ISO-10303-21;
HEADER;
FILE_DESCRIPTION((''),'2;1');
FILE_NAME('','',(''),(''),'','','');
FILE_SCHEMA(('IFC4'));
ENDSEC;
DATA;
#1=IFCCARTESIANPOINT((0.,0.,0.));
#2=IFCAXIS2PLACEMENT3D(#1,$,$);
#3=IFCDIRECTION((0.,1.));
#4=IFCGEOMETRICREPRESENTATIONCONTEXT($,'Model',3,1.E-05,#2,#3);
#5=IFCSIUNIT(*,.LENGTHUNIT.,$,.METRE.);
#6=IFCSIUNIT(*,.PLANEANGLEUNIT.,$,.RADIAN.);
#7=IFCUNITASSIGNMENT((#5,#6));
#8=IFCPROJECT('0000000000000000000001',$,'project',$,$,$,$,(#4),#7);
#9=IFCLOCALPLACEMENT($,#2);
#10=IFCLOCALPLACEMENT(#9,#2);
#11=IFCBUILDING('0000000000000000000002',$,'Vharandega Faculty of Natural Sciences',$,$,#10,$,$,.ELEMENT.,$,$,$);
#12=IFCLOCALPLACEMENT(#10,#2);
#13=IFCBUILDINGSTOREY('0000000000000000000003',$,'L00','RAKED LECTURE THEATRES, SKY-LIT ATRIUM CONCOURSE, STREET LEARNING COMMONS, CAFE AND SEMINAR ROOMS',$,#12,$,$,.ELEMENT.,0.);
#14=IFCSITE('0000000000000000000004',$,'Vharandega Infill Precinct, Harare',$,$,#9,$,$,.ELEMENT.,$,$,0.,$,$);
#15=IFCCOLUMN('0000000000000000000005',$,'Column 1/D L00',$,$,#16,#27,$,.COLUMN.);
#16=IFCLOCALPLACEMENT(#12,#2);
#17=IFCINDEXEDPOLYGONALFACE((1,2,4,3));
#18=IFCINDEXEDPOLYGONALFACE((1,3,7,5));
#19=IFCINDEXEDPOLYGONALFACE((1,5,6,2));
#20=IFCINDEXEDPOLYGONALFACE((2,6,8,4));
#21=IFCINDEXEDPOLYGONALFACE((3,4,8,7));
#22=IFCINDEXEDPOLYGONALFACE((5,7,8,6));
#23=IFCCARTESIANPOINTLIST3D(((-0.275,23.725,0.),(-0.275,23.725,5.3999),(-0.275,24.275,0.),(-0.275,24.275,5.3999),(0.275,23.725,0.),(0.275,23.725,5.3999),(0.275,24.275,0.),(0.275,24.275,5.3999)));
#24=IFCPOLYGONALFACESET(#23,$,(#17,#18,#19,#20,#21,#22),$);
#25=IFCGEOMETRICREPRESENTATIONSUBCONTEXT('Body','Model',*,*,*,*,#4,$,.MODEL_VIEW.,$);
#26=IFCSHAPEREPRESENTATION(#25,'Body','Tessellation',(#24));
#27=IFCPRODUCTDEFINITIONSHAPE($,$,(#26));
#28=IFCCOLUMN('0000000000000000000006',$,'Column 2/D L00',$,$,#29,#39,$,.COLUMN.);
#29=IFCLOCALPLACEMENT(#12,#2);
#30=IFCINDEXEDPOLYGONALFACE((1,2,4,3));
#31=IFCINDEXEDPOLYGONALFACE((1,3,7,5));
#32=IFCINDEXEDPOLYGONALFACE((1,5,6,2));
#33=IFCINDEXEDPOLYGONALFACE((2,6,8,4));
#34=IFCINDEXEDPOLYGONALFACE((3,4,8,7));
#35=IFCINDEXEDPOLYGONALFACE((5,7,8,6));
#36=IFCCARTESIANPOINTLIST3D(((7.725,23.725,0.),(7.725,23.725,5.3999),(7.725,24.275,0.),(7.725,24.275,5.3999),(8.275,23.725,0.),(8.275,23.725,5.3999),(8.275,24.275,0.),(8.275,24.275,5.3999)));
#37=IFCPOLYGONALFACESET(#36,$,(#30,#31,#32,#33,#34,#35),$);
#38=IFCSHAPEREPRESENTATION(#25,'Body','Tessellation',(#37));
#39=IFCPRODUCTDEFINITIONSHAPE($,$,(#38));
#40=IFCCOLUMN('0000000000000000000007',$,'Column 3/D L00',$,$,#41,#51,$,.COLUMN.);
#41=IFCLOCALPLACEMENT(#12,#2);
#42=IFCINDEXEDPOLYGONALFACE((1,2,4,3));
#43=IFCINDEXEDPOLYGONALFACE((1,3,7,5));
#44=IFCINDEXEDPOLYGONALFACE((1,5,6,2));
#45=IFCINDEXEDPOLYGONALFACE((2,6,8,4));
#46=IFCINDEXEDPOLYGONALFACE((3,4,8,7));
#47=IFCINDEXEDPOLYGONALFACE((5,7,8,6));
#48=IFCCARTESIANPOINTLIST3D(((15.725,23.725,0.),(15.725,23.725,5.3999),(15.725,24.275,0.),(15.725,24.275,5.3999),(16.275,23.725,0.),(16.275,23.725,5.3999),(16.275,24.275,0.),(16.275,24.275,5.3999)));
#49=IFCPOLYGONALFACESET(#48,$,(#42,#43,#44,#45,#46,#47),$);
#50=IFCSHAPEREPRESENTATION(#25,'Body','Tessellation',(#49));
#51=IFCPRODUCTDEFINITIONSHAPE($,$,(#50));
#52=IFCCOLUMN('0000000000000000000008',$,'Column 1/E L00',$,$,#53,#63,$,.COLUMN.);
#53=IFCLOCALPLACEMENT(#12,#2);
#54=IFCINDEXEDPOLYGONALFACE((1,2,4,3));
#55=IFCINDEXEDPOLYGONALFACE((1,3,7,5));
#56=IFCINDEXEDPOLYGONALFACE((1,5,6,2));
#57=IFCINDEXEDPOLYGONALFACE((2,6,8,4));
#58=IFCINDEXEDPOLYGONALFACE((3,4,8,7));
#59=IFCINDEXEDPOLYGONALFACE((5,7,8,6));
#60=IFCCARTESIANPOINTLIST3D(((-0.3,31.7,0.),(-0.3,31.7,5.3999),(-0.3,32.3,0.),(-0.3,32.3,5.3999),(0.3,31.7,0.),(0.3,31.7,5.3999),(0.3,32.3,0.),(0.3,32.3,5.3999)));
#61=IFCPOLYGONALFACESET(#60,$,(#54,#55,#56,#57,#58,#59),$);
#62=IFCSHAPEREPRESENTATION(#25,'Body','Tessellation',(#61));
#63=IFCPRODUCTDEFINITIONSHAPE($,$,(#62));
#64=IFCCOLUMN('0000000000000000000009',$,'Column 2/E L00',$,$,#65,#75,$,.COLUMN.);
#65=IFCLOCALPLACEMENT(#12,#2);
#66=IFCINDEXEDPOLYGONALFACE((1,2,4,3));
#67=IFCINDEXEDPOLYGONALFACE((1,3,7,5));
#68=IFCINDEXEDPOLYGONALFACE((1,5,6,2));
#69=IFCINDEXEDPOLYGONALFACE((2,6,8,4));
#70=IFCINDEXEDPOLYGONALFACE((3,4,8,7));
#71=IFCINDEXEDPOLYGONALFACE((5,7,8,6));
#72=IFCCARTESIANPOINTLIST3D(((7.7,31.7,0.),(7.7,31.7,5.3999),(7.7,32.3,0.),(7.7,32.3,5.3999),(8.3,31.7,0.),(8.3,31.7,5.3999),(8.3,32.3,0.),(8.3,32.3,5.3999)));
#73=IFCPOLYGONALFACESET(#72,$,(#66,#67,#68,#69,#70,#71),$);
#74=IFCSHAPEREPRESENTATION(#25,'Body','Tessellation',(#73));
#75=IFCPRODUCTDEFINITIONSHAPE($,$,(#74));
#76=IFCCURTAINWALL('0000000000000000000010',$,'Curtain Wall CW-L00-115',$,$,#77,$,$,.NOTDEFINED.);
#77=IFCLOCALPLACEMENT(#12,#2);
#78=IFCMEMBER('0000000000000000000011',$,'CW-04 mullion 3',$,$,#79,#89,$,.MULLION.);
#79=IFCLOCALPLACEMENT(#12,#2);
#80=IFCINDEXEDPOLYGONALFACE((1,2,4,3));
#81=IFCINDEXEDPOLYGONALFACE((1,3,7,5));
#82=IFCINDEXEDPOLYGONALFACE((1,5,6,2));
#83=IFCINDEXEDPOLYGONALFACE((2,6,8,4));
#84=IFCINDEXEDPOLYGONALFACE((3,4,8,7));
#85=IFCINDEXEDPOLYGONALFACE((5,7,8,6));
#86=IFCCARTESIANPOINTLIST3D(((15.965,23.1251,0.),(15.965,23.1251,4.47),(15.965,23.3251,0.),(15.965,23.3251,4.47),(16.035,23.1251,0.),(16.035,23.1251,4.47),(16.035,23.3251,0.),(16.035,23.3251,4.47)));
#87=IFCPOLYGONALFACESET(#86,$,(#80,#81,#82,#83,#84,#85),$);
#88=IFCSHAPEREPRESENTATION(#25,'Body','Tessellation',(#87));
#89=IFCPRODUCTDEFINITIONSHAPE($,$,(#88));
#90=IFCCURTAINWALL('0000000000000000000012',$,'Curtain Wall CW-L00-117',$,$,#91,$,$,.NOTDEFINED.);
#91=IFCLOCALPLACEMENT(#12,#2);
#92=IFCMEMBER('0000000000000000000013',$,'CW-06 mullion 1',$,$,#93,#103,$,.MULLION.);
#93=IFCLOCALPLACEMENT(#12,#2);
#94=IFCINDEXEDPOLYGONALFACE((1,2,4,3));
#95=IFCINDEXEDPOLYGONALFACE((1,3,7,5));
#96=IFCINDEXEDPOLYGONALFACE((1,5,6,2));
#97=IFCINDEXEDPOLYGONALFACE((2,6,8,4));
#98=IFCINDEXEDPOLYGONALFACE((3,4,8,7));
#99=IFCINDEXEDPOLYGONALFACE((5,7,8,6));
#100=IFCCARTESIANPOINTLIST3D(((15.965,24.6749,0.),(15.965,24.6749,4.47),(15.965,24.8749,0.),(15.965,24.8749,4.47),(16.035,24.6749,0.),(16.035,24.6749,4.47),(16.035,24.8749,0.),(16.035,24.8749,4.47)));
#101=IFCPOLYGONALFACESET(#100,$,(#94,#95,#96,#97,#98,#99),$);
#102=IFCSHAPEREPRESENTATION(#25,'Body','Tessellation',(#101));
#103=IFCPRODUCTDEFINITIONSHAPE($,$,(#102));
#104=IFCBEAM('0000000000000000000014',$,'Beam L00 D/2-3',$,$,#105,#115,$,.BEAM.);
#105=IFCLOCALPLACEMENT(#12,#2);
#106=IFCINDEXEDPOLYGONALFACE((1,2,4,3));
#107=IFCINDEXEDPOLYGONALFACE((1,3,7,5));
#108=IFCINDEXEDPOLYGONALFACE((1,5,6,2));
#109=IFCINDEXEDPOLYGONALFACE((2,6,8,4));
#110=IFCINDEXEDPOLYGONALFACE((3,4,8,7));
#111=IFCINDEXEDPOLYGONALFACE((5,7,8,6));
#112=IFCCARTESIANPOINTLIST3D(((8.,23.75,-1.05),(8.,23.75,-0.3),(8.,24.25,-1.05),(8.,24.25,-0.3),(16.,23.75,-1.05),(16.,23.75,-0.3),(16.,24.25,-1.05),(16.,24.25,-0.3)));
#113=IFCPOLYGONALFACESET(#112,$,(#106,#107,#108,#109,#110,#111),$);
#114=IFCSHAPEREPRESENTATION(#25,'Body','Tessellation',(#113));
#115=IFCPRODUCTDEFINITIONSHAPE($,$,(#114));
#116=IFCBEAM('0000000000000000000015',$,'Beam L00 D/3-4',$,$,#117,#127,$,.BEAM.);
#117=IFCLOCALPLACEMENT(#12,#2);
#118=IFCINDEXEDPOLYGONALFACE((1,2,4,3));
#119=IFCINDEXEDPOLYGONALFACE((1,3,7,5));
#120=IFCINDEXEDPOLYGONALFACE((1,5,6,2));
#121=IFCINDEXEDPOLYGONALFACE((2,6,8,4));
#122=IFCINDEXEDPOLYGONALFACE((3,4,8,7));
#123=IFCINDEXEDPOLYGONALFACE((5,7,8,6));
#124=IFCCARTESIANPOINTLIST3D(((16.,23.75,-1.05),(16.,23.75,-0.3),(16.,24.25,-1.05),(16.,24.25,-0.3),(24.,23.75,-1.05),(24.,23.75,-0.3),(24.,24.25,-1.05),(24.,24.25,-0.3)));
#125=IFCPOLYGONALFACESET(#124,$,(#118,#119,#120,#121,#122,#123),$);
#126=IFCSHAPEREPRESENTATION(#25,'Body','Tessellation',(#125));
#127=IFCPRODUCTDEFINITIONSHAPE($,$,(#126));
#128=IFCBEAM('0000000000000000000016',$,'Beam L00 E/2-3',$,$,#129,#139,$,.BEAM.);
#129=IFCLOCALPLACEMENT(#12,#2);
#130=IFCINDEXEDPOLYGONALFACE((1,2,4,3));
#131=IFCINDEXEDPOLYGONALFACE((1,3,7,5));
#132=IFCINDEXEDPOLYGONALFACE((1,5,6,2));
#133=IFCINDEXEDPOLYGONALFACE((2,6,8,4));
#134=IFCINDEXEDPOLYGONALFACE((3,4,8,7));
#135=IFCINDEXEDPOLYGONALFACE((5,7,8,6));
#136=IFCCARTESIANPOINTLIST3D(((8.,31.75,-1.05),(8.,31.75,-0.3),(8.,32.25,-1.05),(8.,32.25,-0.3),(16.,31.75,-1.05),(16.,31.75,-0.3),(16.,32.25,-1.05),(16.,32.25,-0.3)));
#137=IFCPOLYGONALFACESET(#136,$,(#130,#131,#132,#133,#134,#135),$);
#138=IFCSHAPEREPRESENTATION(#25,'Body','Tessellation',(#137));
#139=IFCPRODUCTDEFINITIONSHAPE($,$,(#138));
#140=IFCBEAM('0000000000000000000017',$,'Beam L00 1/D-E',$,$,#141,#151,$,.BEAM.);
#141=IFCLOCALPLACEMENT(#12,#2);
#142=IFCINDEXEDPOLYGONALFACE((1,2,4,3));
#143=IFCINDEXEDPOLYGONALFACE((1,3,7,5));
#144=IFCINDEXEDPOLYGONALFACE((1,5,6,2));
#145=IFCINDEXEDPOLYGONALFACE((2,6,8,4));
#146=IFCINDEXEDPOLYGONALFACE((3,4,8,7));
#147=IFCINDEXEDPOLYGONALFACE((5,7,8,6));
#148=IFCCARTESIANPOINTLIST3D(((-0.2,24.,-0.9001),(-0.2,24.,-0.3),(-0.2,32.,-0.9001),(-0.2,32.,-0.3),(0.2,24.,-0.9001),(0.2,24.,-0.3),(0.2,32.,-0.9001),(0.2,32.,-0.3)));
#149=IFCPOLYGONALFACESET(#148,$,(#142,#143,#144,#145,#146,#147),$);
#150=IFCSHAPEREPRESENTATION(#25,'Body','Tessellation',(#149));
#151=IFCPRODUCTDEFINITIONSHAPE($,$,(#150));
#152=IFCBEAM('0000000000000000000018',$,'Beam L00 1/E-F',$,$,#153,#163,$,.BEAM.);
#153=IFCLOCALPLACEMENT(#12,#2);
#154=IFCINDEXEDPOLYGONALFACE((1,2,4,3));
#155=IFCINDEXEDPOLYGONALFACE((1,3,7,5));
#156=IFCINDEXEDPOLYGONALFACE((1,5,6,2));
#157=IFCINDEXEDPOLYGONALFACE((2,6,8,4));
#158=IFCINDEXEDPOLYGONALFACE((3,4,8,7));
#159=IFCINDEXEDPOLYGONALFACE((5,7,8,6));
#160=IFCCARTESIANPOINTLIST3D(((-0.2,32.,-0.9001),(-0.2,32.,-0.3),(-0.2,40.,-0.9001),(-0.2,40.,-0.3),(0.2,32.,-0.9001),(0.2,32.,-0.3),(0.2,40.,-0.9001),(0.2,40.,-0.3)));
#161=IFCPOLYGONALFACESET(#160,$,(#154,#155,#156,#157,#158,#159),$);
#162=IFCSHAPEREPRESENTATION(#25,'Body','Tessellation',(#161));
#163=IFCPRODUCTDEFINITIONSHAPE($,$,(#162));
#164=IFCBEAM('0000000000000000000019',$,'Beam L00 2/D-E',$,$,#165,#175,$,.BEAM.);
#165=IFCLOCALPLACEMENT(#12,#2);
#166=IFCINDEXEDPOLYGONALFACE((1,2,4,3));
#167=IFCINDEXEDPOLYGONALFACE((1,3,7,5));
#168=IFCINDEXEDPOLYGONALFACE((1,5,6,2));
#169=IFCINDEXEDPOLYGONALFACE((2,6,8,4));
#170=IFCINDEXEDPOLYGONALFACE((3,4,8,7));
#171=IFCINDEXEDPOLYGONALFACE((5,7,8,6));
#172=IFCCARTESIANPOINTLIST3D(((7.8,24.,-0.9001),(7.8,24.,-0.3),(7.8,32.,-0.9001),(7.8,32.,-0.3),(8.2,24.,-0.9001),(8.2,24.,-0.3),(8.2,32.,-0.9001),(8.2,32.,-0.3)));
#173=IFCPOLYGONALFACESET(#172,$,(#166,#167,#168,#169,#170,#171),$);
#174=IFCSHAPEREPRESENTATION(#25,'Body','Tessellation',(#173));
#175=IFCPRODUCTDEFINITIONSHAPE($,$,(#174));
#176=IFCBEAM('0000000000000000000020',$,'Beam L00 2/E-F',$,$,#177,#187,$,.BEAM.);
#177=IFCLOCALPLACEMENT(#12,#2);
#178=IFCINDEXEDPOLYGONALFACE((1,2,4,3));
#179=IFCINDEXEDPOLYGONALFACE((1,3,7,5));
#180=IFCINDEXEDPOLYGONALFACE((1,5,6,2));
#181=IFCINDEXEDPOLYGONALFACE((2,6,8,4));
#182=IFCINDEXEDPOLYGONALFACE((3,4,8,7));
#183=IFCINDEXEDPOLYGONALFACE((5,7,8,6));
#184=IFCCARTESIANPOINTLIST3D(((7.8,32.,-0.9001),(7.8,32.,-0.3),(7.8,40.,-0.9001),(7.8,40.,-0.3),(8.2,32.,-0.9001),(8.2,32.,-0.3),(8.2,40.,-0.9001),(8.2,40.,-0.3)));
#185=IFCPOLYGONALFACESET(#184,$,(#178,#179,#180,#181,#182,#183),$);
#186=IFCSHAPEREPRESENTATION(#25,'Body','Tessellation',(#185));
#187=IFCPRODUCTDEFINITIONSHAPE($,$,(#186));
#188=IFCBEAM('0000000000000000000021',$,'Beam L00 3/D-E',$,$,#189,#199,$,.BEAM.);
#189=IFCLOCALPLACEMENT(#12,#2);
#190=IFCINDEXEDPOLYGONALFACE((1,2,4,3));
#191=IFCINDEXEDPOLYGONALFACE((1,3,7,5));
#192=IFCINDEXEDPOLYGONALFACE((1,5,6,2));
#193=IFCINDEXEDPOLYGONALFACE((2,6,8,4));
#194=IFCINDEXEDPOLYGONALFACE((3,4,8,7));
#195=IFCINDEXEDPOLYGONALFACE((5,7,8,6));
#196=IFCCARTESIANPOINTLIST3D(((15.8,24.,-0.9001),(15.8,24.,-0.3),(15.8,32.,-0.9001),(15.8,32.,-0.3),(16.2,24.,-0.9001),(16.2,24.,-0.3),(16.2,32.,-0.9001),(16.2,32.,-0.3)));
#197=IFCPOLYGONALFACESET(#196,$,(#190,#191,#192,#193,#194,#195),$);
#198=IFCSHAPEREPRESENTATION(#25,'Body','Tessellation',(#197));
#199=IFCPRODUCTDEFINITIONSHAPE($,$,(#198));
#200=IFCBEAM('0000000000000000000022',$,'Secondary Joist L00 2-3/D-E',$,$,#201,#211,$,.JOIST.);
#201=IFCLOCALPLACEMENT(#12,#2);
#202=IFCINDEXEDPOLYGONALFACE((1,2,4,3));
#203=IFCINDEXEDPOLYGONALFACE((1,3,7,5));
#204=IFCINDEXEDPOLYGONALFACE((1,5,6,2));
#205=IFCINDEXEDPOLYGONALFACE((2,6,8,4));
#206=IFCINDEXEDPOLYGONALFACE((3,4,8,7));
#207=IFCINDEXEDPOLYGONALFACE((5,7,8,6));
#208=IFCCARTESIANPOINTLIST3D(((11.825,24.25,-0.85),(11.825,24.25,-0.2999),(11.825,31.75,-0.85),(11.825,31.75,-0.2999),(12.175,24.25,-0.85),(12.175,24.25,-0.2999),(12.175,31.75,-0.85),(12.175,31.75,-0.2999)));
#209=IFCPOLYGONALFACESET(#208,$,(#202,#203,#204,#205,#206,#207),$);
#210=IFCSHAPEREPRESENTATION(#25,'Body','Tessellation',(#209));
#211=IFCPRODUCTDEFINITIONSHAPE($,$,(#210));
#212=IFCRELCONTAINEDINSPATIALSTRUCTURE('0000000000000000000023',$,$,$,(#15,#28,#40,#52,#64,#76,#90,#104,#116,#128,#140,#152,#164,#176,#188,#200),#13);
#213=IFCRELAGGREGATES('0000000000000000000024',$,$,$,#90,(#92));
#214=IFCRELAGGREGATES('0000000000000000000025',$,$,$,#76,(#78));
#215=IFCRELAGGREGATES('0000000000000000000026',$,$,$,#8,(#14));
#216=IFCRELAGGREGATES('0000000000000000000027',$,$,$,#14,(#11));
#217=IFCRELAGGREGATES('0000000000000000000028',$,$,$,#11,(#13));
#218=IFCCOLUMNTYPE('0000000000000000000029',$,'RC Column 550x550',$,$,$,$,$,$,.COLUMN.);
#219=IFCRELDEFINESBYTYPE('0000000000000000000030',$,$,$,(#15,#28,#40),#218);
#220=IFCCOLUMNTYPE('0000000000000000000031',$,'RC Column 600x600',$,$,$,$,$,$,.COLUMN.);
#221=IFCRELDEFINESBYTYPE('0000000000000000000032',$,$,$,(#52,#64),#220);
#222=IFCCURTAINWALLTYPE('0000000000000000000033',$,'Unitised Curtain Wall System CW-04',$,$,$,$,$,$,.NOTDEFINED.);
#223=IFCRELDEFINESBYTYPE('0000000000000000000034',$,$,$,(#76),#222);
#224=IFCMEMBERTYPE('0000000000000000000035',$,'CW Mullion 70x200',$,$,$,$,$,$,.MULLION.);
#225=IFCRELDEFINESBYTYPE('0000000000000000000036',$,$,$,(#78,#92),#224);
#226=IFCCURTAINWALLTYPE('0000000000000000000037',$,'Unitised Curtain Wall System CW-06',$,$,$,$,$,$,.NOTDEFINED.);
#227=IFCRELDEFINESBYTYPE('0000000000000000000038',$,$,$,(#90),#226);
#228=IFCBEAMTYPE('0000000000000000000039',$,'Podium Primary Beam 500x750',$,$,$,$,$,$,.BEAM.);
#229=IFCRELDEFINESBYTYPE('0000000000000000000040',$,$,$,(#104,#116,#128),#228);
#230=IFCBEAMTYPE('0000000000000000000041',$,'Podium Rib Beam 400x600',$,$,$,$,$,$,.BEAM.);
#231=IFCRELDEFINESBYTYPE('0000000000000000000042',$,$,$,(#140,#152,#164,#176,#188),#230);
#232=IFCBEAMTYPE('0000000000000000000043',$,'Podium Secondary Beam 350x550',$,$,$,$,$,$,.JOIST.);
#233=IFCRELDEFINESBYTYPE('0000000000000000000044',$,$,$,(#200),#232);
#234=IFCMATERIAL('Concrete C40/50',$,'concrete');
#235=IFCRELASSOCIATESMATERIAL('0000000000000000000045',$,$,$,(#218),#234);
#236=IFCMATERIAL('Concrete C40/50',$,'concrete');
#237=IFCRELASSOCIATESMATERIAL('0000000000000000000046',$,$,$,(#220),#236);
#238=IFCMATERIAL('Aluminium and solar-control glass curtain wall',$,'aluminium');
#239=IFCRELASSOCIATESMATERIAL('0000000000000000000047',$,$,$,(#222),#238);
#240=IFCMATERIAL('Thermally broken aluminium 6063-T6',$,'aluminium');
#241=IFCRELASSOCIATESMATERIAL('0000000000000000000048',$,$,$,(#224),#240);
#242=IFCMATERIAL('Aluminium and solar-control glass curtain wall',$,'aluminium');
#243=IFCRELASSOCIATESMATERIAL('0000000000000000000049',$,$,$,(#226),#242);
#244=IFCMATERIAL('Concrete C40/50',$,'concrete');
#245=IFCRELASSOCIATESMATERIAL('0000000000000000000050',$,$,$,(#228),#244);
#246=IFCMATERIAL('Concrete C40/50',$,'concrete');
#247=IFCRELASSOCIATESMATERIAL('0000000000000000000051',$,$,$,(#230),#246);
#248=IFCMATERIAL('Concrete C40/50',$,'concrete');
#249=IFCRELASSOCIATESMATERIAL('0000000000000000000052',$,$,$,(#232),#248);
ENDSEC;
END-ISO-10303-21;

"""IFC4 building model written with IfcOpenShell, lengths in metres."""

from ifc_helpers import new_model, si_unit, direction, frame, origin, origin_2d, place, context, subcontext, project, spatial, rectangle, extrude, material, material_profile, profile_set, type_object, element, aggregate, save


model = new_model("IFC4")

# Units and contexts
model_context = context("Model", 3, precision=1e-05, world=origin(), true_north=direction((0.0, 1.0)))
body_context = subcontext(model_context, "Body", "Model", "MODEL_VIEW")
ifc_project = project(units=[si_unit("LENGTHUNIT", "METRE"), si_unit("PLANEANGLEUNIT", "RADIAN")], contexts=[model_context])

# Site, building, storey
site_placement = place(None, origin())
site = spatial("IfcSite", under=ifc_project, at=site_placement, Name="Vharandega Infill Precinct, Harare", CompositionType="ELEMENT", RefElevation=0.0)
building_placement = place(site_placement, origin())
building = spatial("IfcBuilding", under=site, at=building_placement, Name="Vharandega Faculty of Natural Sciences", CompositionType="ELEMENT")
storey_placement = place(building_placement, origin())
storey = spatial("IfcBuildingStorey", under=building, at=storey_placement, Name="L00", Description="RAKED LECTURE THEATRES, SKY-LIT ATRIUM CONCOURSE, STREET LEARNING COMMONS, CAFE AND SEMINAR ROOMS", CompositionType="ELEMENT", Elevation=0.0)

# Columns
ifc_material_1 = material(Name="Concrete C40/50", Category="concrete")
ifc_material_profile_1 = material_profile(ifc_material_1, rectangle(XDim=0.55, YDim=0.55, at=origin_2d()), Name="RC 550x550")
ifc_profile_set_1 = profile_set([ifc_material_profile_1], Name="Concrete C40/50")
column_type_1 = type_object("IfcColumnType", Name="RC Column 550x550", PredefinedType="COLUMN", material=ifc_profile_set_1)
for number, where, z_axis, x_axis, name in (
    (1, (0.0, 24.0, 0.0), (0.0, 0.0, 1.0), (1.0, 0.0, 0.0), "Column 1/D L00"),
    (2, (8.0, 24.0, 0.0), (0.0, 0.0, 1.0), (1.0, 0.0, 0.0), "Column 2/D L00"),
    (3, (16.0, 24.0, 0.0), (0.0, 0.0, 1.0), (1.0, 0.0, 0.0), "Column 3/D L00"),
):
    element("IfcColumn", number, at=place(storey_placement, frame(where, z_axis=z_axis, x_axis=x_axis)), inside=storey, type_object=column_type_1, Name=name, PredefinedType="COLUMN", context=body_context, shape_type="SweptSolid", body=[
        extrude(rectangle(XDim=0.55, YDim=0.55, at=origin_2d()), origin(), (0.0, 0.0, 1.0), 5.3999),
    ])
ifc_material_2 = material(Name="Concrete C40/50", Category="concrete")
ifc_material_profile_2 = material_profile(ifc_material_2, rectangle(XDim=0.6001, YDim=0.6001, at=origin_2d()), Name="RC 600x600")
ifc_profile_set_2 = profile_set([ifc_material_profile_2], Name="Concrete C40/50")
column_type_2 = type_object("IfcColumnType", Name="RC Column 600x600", PredefinedType="COLUMN", material=ifc_profile_set_2)
for number, where, z_axis, x_axis, name in (
    (4, (0.0, 32.0, 0.0), (0.0, 0.0, 1.0), (1.0, 0.0, 0.0), "Column 1/E L00"),
    (5, (8.0, 32.0, 0.0), (0.0, 0.0, 1.0), (1.0, 0.0, 0.0), "Column 2/E L00"),
):
    element("IfcColumn", number, at=place(storey_placement, frame(where, z_axis=z_axis, x_axis=x_axis)), inside=storey, type_object=column_type_2, Name=name, PredefinedType="COLUMN", context=body_context, shape_type="SweptSolid", body=[
        extrude(rectangle(XDim=0.6001, YDim=0.6001, at=origin_2d()), origin(), (0.0, 0.0, 1.0), 5.3999),
    ])

# Curtain walls, members
ifc_material_3 = material(Name="Aluminium and solar-control glass curtain wall", Category="aluminium")
curtain_wall_type_1 = type_object("IfcCurtainWallType", Name="Unitised Curtain Wall System CW-04", PredefinedType="NOTDEFINED", material=ifc_material_3)
curtain_wall_1_placement = place(storey_placement, origin())
curtain_wall_1 = element("IfcCurtainWall", 6, at=curtain_wall_1_placement, inside=storey, type_object=curtain_wall_type_1, Name="Curtain Wall CW-L00-115", PredefinedType="NOTDEFINED")
ifc_material_4 = material(Name="Thermally broken aluminium 6063-T6", Category="aluminium")
ifc_material_profile_3 = material_profile(ifc_material_4, rectangle(XDim=0.0701, YDim=0.2, at=origin_2d()), Name="ALU 70x200")
ifc_profile_set_3 = profile_set([ifc_material_profile_3], Name="Thermally broken aluminium 6063-T6")
member_type = type_object("IfcMemberType", Name="CW Mullion 70x200", PredefinedType="MULLION", material=ifc_profile_set_3)
member_1_placement = place(storey_placement, frame((16.0, 23.2251, 0.0), z_axis=(0.0, 0.0, 1.0), x_axis=(-1.0, 0.0, 0.0)))
member_1 = element("IfcMember", 7, at=member_1_placement, type_object=member_type, Name="CW-04 mullion 3", PredefinedType="MULLION", context=body_context, shape_type="SweptSolid", body=[
    extrude(rectangle(XDim=0.0701, YDim=0.2, at=origin_2d()), origin(), (0.0, 0.0, 1.0), 4.47),
])
ifc_material_5 = material(Name="Aluminium and solar-control glass curtain wall", Category="aluminium")
curtain_wall_type_2 = type_object("IfcCurtainWallType", Name="Unitised Curtain Wall System CW-06", PredefinedType="NOTDEFINED", material=ifc_material_5)
curtain_wall_2_placement = place(storey_placement, origin())
curtain_wall_2 = element("IfcCurtainWall", 8, at=curtain_wall_2_placement, inside=storey, type_object=curtain_wall_type_2, Name="Curtain Wall CW-L00-117", PredefinedType="NOTDEFINED")
member_2_placement = place(storey_placement, frame((16.0, 24.7749, 0.0), z_axis=(0.0, 0.0, 1.0), x_axis=(-1.0, 0.0, 0.0)))
member_2 = element("IfcMember", 9, at=member_2_placement, type_object=member_type, Name="CW-06 mullion 1", PredefinedType="MULLION", context=body_context, shape_type="SweptSolid", body=[
    extrude(rectangle(XDim=0.0701, YDim=0.2, at=origin_2d()), origin(), (0.0, 0.0, 1.0), 4.47),
])
aggregate(curtain_wall_2, [member_2])

# Beams
ifc_material_6 = material(Name="Concrete C40/50", Category="concrete")
ifc_material_profile_4 = material_profile(ifc_material_6, rectangle(XDim=0.5, YDim=0.75, at=origin_2d()), Name="RC 500x750")
ifc_profile_set_4 = profile_set([ifc_material_profile_4], Name="Concrete C40/50")
beam_type_1 = type_object("IfcBeamType", Name="Podium Primary Beam 500x750", PredefinedType="BEAM", material=ifc_profile_set_4)
for number, where, z_axis, x_axis, name in (
    (10, (8.0, 24.0, -0.675), (1.0, 0.0, 0.0), (0.0, 1.0, 0.0), "Beam L00 D/2-3"),
    (11, (16.0, 24.0, -0.675), (1.0, 0.0, 0.0), (0.0, 1.0, 0.0), "Beam L00 D/3-4"),
    (12, (8.0, 32.0, -0.675), (1.0, 0.0, 0.0), (0.0, 1.0, 0.0), "Beam L00 E/2-3"),
):
    element("IfcBeam", number, at=place(storey_placement, frame(where, z_axis=z_axis, x_axis=x_axis)), inside=storey, type_object=beam_type_1, Name=name, PredefinedType="BEAM", context=body_context, shape_type="SweptSolid", body=[
        extrude(rectangle(XDim=0.5, YDim=0.75, at=origin_2d()), origin(), (0.0, 0.0, 1.0), 8.0),
    ])
ifc_material_7 = material(Name="Concrete C40/50", Category="concrete")
ifc_material_profile_5 = material_profile(ifc_material_7, rectangle(XDim=0.3999, YDim=0.6001, at=origin_2d()), Name="RC 400x600")
ifc_profile_set_5 = profile_set([ifc_material_profile_5], Name="Concrete C40/50")
beam_type_2 = type_object("IfcBeamType", Name="Podium Rib Beam 400x600", PredefinedType="BEAM", material=ifc_profile_set_5)
for number, where, z_axis, x_axis, name in (
    (13, (0.0, 24.0, -0.6001), (0.0, 1.0, 0.0), (-1.0, 0.0, 0.0), "Beam L00 1/D-E"),
    (14, (0.0, 32.0, -0.6001), (0.0, 1.0, 0.0), (-1.0, 0.0, 0.0), "Beam L00 1/E-F"),
    (15, (8.0, 24.0, -0.6001), (0.0, 1.0, 0.0), (-1.0, 0.0, 0.0), "Beam L00 2/D-E"),
    (16, (8.0, 32.0, -0.6001), (0.0, 1.0, 0.0), (-1.0, 0.0, 0.0), "Beam L00 2/E-F"),
    (17, (16.0, 24.0, -0.6001), (0.0, 1.0, 0.0), (-1.0, 0.0, 0.0), "Beam L00 3/D-E"),
):
    element("IfcBeam", number, at=place(storey_placement, frame(where, z_axis=z_axis, x_axis=x_axis)), inside=storey, type_object=beam_type_2, Name=name, PredefinedType="BEAM", context=body_context, shape_type="SweptSolid", body=[
        extrude(rectangle(XDim=0.3999, YDim=0.6001, at=origin_2d()), origin(), (0.0, 0.0, 1.0), 8.0),
    ])
ifc_material_8 = material(Name="Concrete C40/50", Category="concrete")
ifc_material_profile_6 = material_profile(ifc_material_8, rectangle(XDim=0.3501, YDim=0.55, at=origin_2d()), Name="RC 350x550")
ifc_profile_set_6 = profile_set([ifc_material_profile_6], Name="Concrete C40/50")
beam_type_3 = type_object("IfcBeamType", Name="Podium Secondary Beam 350x550", PredefinedType="JOIST", material=ifc_profile_set_6)
beam_placement = place(storey_placement, frame((12.0, 24.25, -0.575), z_axis=(0.0, 1.0, 0.0), x_axis=(-1.0, 0.0, 0.0)))
element("IfcBeam", 18, at=beam_placement, inside=storey, type_object=beam_type_3, Name="Secondary Joist L00 2-3/D-E", PredefinedType="JOIST", context=body_context, shape_type="SweptSolid", body=[
    extrude(rectangle(XDim=0.3501, YDim=0.55, at=origin_2d()), origin(), (0.0, 0.0, 1.0), 7.5),
])

aggregate(curtain_wall_1, [member_1])

save(model, "model.ifc")
